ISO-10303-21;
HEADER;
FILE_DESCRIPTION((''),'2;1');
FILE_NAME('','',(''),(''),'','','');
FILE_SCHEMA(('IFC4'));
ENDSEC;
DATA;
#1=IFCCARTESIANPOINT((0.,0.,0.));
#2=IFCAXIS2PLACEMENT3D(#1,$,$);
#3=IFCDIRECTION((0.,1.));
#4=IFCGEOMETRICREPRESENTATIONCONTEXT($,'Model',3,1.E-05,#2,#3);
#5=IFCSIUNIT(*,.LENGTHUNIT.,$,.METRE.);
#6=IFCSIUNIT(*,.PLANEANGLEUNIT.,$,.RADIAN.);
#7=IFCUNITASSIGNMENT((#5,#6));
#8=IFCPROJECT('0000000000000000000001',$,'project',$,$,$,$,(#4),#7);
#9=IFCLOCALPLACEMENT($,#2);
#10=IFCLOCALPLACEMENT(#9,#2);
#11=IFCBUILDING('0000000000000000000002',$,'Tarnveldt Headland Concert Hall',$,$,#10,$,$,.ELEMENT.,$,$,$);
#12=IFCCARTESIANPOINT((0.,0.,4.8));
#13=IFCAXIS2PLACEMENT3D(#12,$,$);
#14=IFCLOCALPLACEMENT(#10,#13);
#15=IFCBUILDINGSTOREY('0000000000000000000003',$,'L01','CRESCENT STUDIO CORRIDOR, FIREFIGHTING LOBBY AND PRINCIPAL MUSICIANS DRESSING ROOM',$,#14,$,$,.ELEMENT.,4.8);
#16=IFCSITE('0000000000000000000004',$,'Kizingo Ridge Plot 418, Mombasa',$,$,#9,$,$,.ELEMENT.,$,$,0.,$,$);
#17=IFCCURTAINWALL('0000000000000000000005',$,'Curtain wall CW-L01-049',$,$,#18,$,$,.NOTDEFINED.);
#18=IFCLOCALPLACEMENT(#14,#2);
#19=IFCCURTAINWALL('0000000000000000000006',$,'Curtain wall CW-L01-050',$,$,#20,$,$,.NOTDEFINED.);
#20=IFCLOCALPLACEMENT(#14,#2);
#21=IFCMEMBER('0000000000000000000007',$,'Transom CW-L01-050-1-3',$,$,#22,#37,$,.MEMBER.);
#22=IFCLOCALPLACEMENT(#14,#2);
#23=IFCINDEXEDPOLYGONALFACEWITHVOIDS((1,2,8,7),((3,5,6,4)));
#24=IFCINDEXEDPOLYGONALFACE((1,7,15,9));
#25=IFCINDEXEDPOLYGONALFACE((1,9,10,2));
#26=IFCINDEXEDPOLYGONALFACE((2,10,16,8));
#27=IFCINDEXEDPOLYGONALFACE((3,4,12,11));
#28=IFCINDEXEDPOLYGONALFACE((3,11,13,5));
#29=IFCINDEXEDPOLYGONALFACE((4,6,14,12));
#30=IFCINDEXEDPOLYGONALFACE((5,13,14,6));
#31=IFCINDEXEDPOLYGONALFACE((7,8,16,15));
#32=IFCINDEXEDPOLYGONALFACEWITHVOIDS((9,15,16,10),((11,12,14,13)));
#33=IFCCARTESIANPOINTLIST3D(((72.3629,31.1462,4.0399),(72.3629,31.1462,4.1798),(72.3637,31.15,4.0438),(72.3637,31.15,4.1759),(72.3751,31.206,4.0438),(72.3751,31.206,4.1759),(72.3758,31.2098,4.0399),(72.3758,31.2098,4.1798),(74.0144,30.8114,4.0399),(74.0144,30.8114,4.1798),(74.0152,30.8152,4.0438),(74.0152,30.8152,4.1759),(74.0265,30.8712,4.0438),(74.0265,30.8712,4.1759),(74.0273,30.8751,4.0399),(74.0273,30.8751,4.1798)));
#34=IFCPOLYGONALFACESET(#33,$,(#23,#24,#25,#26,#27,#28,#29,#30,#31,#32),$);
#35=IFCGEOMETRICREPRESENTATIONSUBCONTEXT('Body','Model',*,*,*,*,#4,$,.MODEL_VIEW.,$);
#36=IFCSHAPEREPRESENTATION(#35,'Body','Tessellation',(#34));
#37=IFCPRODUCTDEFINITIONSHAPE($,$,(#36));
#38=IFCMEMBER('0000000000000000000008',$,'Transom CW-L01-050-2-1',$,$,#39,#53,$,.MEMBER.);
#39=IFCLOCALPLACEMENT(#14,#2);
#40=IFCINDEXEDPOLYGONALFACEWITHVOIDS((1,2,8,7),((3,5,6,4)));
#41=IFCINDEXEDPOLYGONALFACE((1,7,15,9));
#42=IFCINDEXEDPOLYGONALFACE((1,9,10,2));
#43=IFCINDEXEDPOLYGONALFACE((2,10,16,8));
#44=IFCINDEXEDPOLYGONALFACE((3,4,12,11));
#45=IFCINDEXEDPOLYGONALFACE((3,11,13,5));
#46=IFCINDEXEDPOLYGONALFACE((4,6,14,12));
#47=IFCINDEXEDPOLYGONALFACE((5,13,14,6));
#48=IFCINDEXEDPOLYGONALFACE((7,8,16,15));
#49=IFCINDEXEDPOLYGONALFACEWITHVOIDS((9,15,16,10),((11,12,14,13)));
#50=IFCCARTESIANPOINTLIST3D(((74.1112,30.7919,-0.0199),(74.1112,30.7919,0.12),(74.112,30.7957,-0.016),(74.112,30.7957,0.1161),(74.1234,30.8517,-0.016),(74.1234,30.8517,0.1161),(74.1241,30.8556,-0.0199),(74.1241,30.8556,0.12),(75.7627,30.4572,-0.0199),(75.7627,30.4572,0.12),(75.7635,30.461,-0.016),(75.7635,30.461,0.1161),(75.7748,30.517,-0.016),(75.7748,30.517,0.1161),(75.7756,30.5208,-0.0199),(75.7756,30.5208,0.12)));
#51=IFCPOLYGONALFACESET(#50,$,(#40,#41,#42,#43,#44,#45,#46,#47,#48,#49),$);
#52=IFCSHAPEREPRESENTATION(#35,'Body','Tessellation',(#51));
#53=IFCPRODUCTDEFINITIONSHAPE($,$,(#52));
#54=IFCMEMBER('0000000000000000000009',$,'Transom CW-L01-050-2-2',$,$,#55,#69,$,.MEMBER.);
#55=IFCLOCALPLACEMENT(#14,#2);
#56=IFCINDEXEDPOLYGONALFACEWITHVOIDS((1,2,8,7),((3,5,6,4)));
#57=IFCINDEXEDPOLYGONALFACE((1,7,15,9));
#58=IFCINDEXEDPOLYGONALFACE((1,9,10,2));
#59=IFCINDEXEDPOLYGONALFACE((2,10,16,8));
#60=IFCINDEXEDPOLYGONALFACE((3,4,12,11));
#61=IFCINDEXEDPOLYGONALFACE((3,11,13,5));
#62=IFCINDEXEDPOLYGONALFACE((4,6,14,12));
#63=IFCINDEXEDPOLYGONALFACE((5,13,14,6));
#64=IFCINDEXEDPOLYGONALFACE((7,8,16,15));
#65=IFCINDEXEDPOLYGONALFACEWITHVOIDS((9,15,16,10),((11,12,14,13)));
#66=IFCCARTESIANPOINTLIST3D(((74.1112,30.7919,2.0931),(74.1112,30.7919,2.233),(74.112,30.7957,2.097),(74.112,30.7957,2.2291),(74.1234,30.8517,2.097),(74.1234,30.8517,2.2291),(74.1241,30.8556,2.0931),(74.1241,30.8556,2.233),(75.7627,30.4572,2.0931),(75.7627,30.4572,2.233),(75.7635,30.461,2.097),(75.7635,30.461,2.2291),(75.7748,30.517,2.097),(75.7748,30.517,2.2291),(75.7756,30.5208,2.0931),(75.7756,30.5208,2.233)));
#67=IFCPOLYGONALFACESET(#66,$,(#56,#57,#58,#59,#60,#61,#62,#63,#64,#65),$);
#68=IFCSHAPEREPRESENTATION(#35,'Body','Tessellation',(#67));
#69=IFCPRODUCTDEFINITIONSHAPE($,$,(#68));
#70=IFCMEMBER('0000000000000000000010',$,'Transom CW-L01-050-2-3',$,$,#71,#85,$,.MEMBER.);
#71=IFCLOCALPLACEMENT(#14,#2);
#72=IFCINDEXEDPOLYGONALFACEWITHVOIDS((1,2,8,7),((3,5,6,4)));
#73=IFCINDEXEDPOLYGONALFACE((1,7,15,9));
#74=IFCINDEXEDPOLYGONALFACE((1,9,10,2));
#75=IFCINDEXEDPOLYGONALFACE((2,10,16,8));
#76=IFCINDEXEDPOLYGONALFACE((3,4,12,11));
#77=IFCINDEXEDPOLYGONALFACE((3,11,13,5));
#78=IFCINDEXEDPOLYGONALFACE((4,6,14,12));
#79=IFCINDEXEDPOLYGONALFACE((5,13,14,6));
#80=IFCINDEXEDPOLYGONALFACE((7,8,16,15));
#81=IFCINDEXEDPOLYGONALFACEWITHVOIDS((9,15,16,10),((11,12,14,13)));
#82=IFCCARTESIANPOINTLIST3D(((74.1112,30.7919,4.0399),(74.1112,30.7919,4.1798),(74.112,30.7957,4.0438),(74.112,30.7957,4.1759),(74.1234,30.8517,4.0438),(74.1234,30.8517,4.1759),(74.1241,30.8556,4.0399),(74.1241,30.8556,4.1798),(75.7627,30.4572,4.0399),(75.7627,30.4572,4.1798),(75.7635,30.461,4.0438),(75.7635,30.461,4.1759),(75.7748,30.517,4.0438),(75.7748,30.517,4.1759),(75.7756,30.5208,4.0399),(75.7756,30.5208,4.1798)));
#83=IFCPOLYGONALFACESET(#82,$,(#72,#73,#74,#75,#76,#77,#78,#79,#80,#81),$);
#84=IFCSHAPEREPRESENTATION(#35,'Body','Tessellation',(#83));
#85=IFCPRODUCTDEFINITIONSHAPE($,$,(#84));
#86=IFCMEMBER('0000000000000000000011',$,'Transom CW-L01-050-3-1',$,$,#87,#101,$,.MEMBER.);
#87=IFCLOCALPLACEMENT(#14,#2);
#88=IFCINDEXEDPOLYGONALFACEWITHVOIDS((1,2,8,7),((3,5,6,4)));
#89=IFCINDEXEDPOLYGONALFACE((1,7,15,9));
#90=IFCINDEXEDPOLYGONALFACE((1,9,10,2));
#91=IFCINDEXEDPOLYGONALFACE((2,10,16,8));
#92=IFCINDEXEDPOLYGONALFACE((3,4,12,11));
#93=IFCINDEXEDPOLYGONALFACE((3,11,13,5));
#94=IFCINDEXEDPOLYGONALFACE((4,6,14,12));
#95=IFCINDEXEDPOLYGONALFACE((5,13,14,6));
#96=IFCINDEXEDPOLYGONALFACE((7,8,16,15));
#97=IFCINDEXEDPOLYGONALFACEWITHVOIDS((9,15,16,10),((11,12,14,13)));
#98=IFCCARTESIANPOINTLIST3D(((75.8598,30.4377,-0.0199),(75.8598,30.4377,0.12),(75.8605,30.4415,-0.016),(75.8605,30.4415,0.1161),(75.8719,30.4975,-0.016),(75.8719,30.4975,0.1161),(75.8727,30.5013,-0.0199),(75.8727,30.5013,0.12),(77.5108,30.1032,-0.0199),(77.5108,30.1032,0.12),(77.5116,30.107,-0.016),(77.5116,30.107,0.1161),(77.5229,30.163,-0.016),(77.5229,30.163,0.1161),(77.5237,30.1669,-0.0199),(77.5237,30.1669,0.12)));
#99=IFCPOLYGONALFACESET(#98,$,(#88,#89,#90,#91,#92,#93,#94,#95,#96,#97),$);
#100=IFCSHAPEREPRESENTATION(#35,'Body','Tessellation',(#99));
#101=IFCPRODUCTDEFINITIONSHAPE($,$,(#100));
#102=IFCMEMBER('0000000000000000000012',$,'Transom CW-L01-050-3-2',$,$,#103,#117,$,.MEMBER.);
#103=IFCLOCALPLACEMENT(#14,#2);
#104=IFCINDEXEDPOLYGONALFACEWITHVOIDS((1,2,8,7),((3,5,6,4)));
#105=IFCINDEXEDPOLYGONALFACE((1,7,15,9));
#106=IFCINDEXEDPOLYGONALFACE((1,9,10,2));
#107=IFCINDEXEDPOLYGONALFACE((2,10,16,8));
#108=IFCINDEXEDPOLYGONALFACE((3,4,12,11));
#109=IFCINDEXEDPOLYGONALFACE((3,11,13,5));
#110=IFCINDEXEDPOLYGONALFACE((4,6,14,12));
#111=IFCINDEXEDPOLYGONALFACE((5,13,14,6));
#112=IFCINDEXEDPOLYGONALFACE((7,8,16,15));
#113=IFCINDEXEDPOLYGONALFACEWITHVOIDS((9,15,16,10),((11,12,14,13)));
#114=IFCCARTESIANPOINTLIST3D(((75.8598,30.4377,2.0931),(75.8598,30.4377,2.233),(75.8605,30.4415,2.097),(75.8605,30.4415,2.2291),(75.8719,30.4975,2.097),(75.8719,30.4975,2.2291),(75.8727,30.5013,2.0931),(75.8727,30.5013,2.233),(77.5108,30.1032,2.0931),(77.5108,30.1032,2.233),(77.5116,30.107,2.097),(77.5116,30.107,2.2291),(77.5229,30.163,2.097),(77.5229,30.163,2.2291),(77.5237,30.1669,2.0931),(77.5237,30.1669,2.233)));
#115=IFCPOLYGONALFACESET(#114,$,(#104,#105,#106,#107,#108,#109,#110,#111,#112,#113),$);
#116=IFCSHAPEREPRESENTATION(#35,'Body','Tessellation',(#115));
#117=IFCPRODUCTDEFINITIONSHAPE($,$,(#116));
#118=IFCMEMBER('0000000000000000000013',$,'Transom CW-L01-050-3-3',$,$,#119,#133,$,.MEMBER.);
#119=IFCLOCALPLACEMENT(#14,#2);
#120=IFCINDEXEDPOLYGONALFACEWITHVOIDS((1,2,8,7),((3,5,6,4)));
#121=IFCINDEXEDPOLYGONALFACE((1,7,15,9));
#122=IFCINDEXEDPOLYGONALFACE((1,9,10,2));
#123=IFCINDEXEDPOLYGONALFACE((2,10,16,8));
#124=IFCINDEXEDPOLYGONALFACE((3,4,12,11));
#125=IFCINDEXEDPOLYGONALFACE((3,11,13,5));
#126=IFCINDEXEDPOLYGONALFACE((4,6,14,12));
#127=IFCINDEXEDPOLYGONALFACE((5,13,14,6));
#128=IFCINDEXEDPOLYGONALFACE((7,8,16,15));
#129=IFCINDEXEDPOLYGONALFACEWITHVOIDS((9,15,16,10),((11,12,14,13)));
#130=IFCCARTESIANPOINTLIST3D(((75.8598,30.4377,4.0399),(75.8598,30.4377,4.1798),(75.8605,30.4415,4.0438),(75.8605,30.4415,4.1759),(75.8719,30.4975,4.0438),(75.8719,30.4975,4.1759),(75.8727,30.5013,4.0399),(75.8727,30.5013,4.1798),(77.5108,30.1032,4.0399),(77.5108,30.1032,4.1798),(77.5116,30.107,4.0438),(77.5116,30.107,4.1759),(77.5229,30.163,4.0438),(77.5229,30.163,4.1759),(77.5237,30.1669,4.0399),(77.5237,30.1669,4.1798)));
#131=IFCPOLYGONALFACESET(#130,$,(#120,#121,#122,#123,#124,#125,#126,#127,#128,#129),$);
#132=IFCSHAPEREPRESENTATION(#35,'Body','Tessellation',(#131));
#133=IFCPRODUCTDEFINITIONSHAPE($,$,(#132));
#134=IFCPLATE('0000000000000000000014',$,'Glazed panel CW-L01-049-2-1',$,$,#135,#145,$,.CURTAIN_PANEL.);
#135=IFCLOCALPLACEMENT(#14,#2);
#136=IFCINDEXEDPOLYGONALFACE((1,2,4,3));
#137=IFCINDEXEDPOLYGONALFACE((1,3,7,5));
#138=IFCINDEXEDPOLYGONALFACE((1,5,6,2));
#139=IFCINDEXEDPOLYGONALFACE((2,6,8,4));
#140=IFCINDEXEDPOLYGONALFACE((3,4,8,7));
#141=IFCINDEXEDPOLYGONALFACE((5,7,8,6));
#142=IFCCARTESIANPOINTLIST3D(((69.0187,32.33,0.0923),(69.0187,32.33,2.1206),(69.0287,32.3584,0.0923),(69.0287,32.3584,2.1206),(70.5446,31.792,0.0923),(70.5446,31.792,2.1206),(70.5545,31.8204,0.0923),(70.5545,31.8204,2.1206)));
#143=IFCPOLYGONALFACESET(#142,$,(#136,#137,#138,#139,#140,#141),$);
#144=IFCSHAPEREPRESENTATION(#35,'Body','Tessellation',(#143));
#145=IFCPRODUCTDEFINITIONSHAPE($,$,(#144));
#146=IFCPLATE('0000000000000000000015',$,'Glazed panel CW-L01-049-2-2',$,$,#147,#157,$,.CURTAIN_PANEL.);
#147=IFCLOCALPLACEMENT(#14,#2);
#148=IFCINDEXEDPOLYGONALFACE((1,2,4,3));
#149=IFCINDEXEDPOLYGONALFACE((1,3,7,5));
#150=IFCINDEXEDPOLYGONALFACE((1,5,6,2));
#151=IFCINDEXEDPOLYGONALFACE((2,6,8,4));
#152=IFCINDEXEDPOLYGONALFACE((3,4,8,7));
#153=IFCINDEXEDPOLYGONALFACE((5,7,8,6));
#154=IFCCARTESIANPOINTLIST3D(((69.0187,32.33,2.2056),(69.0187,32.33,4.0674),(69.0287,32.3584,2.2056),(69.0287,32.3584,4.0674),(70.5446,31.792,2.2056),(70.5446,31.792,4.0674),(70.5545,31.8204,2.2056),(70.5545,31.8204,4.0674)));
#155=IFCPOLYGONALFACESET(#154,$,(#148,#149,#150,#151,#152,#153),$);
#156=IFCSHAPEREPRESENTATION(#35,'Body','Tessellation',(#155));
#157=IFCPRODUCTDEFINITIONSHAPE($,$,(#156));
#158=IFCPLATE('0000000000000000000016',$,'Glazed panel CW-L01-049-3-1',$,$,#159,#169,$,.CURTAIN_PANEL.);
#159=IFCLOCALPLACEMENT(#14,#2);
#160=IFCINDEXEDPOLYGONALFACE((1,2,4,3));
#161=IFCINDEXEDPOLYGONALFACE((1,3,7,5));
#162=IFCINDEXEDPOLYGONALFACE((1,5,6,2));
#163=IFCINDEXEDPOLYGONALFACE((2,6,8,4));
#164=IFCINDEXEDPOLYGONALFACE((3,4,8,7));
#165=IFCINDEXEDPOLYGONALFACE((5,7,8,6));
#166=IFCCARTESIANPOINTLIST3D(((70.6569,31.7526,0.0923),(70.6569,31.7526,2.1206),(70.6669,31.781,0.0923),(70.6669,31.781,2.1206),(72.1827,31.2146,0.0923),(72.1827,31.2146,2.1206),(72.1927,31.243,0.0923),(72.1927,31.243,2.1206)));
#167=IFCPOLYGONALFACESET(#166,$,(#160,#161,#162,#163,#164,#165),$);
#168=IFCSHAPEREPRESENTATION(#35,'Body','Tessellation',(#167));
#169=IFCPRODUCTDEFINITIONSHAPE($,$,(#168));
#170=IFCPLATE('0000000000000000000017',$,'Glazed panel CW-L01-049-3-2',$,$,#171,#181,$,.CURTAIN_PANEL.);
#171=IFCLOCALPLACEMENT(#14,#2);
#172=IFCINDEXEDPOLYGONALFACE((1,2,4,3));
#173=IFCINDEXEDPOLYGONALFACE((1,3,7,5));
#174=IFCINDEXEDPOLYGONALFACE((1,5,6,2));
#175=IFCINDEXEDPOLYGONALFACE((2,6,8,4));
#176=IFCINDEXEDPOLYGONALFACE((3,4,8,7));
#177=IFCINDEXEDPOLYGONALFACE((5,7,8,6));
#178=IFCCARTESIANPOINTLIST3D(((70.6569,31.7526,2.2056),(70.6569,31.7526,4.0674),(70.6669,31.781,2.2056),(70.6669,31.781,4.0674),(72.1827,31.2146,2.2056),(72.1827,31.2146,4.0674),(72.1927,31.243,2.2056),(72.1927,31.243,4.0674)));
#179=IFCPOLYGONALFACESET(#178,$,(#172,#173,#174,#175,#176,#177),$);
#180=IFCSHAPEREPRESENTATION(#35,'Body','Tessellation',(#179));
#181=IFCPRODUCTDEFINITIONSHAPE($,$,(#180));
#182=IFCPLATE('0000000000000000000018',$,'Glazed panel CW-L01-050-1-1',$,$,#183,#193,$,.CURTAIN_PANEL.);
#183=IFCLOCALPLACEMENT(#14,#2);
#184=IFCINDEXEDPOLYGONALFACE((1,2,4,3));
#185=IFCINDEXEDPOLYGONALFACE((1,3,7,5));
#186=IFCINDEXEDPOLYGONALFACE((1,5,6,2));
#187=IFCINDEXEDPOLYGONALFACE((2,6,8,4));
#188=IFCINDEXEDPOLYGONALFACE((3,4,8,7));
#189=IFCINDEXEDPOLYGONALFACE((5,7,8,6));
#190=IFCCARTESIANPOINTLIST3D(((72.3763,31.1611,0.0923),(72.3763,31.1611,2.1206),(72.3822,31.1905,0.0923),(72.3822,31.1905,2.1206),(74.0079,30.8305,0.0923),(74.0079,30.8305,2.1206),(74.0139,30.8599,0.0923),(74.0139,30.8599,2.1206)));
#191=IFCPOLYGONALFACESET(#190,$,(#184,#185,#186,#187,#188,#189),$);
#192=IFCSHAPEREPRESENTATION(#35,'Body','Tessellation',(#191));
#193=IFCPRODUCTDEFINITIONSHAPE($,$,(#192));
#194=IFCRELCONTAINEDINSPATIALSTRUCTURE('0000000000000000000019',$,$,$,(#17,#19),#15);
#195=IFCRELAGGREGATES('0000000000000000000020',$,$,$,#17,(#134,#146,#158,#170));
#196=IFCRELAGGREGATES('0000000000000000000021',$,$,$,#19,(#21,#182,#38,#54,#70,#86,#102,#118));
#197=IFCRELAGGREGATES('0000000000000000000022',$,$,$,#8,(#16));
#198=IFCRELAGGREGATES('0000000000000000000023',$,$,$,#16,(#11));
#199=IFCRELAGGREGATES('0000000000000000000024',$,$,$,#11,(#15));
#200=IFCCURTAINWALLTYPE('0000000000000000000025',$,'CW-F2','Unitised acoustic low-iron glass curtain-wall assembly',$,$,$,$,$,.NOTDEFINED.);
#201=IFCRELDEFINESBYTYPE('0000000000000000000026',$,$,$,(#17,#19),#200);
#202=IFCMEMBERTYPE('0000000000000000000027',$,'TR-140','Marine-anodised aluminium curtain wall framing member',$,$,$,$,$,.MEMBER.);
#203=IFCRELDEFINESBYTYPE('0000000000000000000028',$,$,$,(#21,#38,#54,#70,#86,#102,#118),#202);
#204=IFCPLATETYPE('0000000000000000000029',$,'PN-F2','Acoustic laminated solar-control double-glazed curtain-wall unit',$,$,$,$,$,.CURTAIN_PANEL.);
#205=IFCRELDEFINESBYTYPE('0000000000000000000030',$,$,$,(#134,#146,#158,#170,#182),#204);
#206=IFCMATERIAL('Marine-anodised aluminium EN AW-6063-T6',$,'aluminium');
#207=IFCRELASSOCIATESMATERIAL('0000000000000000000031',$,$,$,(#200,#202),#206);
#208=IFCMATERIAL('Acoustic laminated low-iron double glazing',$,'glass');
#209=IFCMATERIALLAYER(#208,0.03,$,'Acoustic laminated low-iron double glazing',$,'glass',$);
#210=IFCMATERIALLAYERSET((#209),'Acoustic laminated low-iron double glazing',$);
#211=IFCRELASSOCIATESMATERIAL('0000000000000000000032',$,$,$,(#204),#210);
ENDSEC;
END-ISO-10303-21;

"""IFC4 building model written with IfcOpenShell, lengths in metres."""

from ifc_helpers import new_model, si_unit, direction, frame, origin, origin_2d, place, context, subcontext, project, spatial, rectangle, hollow_rectangle, extrude, material, layer, layer_set, material_profile, profile_set, type_object, element, aggregate, save


model = new_model("IFC4")

# Units and contexts
model_context = context("Model", 3, precision=1e-05, world=origin(), true_north=direction((0.0, 1.0)))
body_context = subcontext(model_context, "Body", "Model", "MODEL_VIEW")
ifc_project = project(units=[si_unit("LENGTHUNIT", "METRE"), si_unit("PLANEANGLEUNIT", "RADIAN")], contexts=[model_context])

# Site, building, storey
site_placement = place(None, origin())
site = spatial("IfcSite", under=ifc_project, at=site_placement, Name="Kizingo Ridge Plot 418, Mombasa", CompositionType="ELEMENT", RefElevation=0.0)
building_placement = place(site_placement, origin())
building = spatial("IfcBuilding", under=site, at=building_placement, Name="Tarnveldt Headland Concert Hall", CompositionType="ELEMENT")
storey_placement = place(building_placement, frame((0.0, 0.0, 4.8)))
storey = spatial("IfcBuildingStorey", under=building, at=storey_placement, Name="L01", Description="CRESCENT STUDIO CORRIDOR, FIREFIGHTING LOBBY AND PRINCIPAL MUSICIANS DRESSING ROOM", CompositionType="ELEMENT", Elevation=4.8)

# Curtain walls
ifc_material_1 = material(Name="Marine-anodised aluminium EN AW-6063-T6", Category="aluminium")
curtain_wall_type = type_object("IfcCurtainWallType", Name="CW-F2", Description="Unitised acoustic low-iron glass curtain-wall assembly", PredefinedType="NOTDEFINED", material=ifc_material_1)
curtain_wall_1_placement = place(storey_placement, origin())
curtain_wall_1 = element("IfcCurtainWall", 1, at=curtain_wall_1_placement, inside=storey, type_object=curtain_wall_type, Name="Curtain wall CW-L01-049", PredefinedType="NOTDEFINED")
curtain_wall_2_placement = place(storey_placement, origin())
curtain_wall_2 = element("IfcCurtainWall", 2, at=curtain_wall_2_placement, inside=storey, type_object=curtain_wall_type, Name="Curtain wall CW-L01-050", PredefinedType="NOTDEFINED")

# Members
ifc_material_profile_1 = material_profile(ifc_material_1, hollow_rectangle(XDim=0.0649, YDim=0.1399, WallThickness=0.0039, at=origin_2d()), Name="ALU TRANSOM 65x140x4", Category="aluminium")
ifc_profile_set_1 = profile_set([ifc_material_profile_1], Name="Marine-anodised aluminium EN AW-6063-T6")
member_type_1 = type_object("IfcMemberType", Name="TR-140", Description="Marine-anodised aluminium curtain wall framing member", PredefinedType="MEMBER", material=ifc_profile_set_1)
member_1_placement = place(storey_placement, frame((72.3694, 31.178, 4.1099), z_axis=(0.98007, -0.198651, 0.0), x_axis=(0.198651, 0.98007, 0.0)))
member_1 = element("IfcMember", 3, at=member_1_placement, type_object=member_type_1, Name="Transom CW-L01-050-1-3", PredefinedType="MEMBER", context=body_context, shape_type="SweptSolid", body=[
    extrude(hollow_rectangle(XDim=0.0649, YDim=0.1399, WallThickness=0.0039, at=origin_2d()), origin(), (0.0, 0.0, 1.0), 1.6851),
])
member_2_placement = place(storey_placement, frame((74.1177, 30.8237, 0.05), z_axis=(0.98007, -0.198651, 0.0), x_axis=(0.198651, 0.98007, 0.0)))
member_2 = element("IfcMember", 4, at=member_2_placement, type_object=member_type_1, Name="Transom CW-L01-050-2-1", PredefinedType="MEMBER", context=body_context, shape_type="SweptSolid", body=[
    extrude(hollow_rectangle(XDim=0.0649, YDim=0.1399, WallThickness=0.0039, at=origin_2d()), origin(), (0.0, 0.0, 1.0), 1.6851),
])
member_3_placement = place(storey_placement, frame((74.1177, 30.8237, 2.1631), z_axis=(0.98007, -0.198651, 0.0), x_axis=(0.198651, 0.98007, 0.0)))
member_3 = element("IfcMember", 5, at=member_3_placement, type_object=member_type_1, Name="Transom CW-L01-050-2-2", PredefinedType="MEMBER", context=body_context, shape_type="SweptSolid", body=[
    extrude(hollow_rectangle(XDim=0.0649, YDim=0.1399, WallThickness=0.0039, at=origin_2d()), origin(), (0.0, 0.0, 1.0), 1.6851),
])
member_4_placement = place(storey_placement, frame((74.1177, 30.8237, 4.1099), z_axis=(0.98007, -0.198651, 0.0), x_axis=(0.198651, 0.98007, 0.0)))
member_4 = element("IfcMember", 6, at=member_4_placement, type_object=member_type_1, Name="Transom CW-L01-050-2-3", PredefinedType="MEMBER", context=body_context, shape_type="SweptSolid", body=[
    extrude(hollow_rectangle(XDim=0.0649, YDim=0.1399, WallThickness=0.0039, at=origin_2d()), origin(), (0.0, 0.0, 1.0), 1.6851),
])
member_5_placement = place(storey_placement, frame((75.8662, 30.4695, 0.05), z_axis=(0.980093, -0.19854, 0.0), x_axis=(0.19854, 0.980093, 0.0)))
member_5 = element("IfcMember", 7, at=member_5_placement, type_object=member_type_1, Name="Transom CW-L01-050-3-1", PredefinedType="MEMBER", context=body_context, shape_type="SweptSolid", body=[
    extrude(hollow_rectangle(XDim=0.0649, YDim=0.1399, WallThickness=0.0039, at=origin_2d()), origin(), (0.0, 0.0, 1.0), 1.6846),
])
member_6_placement = place(storey_placement, frame((75.8662, 30.4695, 2.1631), z_axis=(0.980093, -0.19854, 0.0), x_axis=(0.19854, 0.980093, 0.0)))
member_6 = element("IfcMember", 8, at=member_6_placement, type_object=member_type_1, Name="Transom CW-L01-050-3-2", PredefinedType="MEMBER", context=body_context, shape_type="SweptSolid", body=[
    extrude(hollow_rectangle(XDim=0.0649, YDim=0.1399, WallThickness=0.0039, at=origin_2d()), origin(), (0.0, 0.0, 1.0), 1.6846),
])
member_7_placement = place(storey_placement, frame((75.8662, 30.4695, 4.1099), z_axis=(0.980093, -0.19854, 0.0), x_axis=(0.19854, 0.980093, 0.0)))
member_7 = element("IfcMember", 9, at=member_7_placement, type_object=member_type_1, Name="Transom CW-L01-050-3-3", PredefinedType="MEMBER", context=body_context, shape_type="SweptSolid", body=[
    extrude(hollow_rectangle(XDim=0.0649, YDim=0.1399, WallThickness=0.0039, at=origin_2d()), origin(), (0.0, 0.0, 1.0), 1.6846),
])

# Plates
ifc_material_2 = material(Name="Acoustic laminated low-iron double glazing", Category="glass")
ifc_layer_1 = layer(ifc_material_2, 0.03, Name="Acoustic laminated low-iron double glazing", Category="glass")
ifc_layer_set_1 = layer_set([ifc_layer_1], Name="Acoustic laminated low-iron double glazing")
plate_type = type_object("IfcPlateType", Name="PN-F2", Description="Acoustic laminated solar-control double-glazed curtain-wall unit", PredefinedType="CURTAIN_PANEL", material=ifc_layer_set_1)
plate_1_placement = place(storey_placement, frame((69.7866, 32.0752, 0.0923), z_axis=(0.0, 0.0, 1.0), x_axis=(0.943095, -0.332523, 0.0)))
plate_1 = element("IfcPlate", 10, at=plate_1_placement, type_object=plate_type, Name="Glazed panel CW-L01-049-2-1", PredefinedType="CURTAIN_PANEL", context=body_context, shape_type="SweptSolid", body=[
    extrude(rectangle(XDim=1.6179, YDim=0.03, at=origin_2d()), origin(), (0.0, 0.0, 1.0), 2.0283),
])
plate_2_placement = place(storey_placement, frame((69.7866, 32.0752, 2.2056), z_axis=(0.0, 0.0, 1.0), x_axis=(0.943095, -0.332523, 0.0)))
plate_2 = element("IfcPlate", 11, at=plate_2_placement, type_object=plate_type, Name="Glazed panel CW-L01-049-2-2", PredefinedType="CURTAIN_PANEL", context=body_context, shape_type="SweptSolid", body=[
    extrude(rectangle(XDim=1.6179, YDim=0.03, at=origin_2d()), origin(), (0.0, 0.0, 1.0), 1.8618),
])
plate_3_placement = place(storey_placement, frame((71.4248, 31.4978, 0.0923), z_axis=(0.0, 0.0, 1.0), x_axis=(0.943095, -0.332523, 0.0)))
plate_3 = element("IfcPlate", 12, at=plate_3_placement, type_object=plate_type, Name="Glazed panel CW-L01-049-3-1", PredefinedType="CURTAIN_PANEL", context=body_context, shape_type="SweptSolid", body=[
    extrude(rectangle(XDim=1.6179, YDim=0.03, at=origin_2d()), origin(), (0.0, 0.0, 1.0), 2.0283),
])
plate_4_placement = place(storey_placement, frame((71.4248, 31.4978, 2.2056), z_axis=(0.0, 0.0, 1.0), x_axis=(0.943095, -0.332523, 0.0)))
plate_4 = element("IfcPlate", 13, at=plate_4_placement, type_object=plate_type, Name="Glazed panel CW-L01-049-3-2", PredefinedType="CURTAIN_PANEL", context=body_context, shape_type="SweptSolid", body=[
    extrude(rectangle(XDim=1.6179, YDim=0.03, at=origin_2d()), origin(), (0.0, 0.0, 1.0), 1.8618),
])
aggregate(curtain_wall_1, [plate_1, plate_2, plate_3, plate_4])
plate_5_placement = place(storey_placement, frame((73.1951, 31.0105, 0.0923), z_axis=(0.0, 0.0, 1.0), x_axis=(0.980088, -0.198564, 0.0)))
plate_5 = element("IfcPlate", 14, at=plate_5_placement, type_object=plate_type, Name="Glazed panel CW-L01-050-1-1", PredefinedType="CURTAIN_PANEL", context=body_context, shape_type="SweptSolid", body=[
    extrude(rectangle(XDim=1.6648, YDim=0.03, at=origin_2d()), origin(), (0.0, 0.0, 1.0), 2.0283),
])
aggregate(curtain_wall_2, [member_1, plate_5, member_2, member_3, member_4, member_5, member_6, member_7])

save(model, "model.ifc")
